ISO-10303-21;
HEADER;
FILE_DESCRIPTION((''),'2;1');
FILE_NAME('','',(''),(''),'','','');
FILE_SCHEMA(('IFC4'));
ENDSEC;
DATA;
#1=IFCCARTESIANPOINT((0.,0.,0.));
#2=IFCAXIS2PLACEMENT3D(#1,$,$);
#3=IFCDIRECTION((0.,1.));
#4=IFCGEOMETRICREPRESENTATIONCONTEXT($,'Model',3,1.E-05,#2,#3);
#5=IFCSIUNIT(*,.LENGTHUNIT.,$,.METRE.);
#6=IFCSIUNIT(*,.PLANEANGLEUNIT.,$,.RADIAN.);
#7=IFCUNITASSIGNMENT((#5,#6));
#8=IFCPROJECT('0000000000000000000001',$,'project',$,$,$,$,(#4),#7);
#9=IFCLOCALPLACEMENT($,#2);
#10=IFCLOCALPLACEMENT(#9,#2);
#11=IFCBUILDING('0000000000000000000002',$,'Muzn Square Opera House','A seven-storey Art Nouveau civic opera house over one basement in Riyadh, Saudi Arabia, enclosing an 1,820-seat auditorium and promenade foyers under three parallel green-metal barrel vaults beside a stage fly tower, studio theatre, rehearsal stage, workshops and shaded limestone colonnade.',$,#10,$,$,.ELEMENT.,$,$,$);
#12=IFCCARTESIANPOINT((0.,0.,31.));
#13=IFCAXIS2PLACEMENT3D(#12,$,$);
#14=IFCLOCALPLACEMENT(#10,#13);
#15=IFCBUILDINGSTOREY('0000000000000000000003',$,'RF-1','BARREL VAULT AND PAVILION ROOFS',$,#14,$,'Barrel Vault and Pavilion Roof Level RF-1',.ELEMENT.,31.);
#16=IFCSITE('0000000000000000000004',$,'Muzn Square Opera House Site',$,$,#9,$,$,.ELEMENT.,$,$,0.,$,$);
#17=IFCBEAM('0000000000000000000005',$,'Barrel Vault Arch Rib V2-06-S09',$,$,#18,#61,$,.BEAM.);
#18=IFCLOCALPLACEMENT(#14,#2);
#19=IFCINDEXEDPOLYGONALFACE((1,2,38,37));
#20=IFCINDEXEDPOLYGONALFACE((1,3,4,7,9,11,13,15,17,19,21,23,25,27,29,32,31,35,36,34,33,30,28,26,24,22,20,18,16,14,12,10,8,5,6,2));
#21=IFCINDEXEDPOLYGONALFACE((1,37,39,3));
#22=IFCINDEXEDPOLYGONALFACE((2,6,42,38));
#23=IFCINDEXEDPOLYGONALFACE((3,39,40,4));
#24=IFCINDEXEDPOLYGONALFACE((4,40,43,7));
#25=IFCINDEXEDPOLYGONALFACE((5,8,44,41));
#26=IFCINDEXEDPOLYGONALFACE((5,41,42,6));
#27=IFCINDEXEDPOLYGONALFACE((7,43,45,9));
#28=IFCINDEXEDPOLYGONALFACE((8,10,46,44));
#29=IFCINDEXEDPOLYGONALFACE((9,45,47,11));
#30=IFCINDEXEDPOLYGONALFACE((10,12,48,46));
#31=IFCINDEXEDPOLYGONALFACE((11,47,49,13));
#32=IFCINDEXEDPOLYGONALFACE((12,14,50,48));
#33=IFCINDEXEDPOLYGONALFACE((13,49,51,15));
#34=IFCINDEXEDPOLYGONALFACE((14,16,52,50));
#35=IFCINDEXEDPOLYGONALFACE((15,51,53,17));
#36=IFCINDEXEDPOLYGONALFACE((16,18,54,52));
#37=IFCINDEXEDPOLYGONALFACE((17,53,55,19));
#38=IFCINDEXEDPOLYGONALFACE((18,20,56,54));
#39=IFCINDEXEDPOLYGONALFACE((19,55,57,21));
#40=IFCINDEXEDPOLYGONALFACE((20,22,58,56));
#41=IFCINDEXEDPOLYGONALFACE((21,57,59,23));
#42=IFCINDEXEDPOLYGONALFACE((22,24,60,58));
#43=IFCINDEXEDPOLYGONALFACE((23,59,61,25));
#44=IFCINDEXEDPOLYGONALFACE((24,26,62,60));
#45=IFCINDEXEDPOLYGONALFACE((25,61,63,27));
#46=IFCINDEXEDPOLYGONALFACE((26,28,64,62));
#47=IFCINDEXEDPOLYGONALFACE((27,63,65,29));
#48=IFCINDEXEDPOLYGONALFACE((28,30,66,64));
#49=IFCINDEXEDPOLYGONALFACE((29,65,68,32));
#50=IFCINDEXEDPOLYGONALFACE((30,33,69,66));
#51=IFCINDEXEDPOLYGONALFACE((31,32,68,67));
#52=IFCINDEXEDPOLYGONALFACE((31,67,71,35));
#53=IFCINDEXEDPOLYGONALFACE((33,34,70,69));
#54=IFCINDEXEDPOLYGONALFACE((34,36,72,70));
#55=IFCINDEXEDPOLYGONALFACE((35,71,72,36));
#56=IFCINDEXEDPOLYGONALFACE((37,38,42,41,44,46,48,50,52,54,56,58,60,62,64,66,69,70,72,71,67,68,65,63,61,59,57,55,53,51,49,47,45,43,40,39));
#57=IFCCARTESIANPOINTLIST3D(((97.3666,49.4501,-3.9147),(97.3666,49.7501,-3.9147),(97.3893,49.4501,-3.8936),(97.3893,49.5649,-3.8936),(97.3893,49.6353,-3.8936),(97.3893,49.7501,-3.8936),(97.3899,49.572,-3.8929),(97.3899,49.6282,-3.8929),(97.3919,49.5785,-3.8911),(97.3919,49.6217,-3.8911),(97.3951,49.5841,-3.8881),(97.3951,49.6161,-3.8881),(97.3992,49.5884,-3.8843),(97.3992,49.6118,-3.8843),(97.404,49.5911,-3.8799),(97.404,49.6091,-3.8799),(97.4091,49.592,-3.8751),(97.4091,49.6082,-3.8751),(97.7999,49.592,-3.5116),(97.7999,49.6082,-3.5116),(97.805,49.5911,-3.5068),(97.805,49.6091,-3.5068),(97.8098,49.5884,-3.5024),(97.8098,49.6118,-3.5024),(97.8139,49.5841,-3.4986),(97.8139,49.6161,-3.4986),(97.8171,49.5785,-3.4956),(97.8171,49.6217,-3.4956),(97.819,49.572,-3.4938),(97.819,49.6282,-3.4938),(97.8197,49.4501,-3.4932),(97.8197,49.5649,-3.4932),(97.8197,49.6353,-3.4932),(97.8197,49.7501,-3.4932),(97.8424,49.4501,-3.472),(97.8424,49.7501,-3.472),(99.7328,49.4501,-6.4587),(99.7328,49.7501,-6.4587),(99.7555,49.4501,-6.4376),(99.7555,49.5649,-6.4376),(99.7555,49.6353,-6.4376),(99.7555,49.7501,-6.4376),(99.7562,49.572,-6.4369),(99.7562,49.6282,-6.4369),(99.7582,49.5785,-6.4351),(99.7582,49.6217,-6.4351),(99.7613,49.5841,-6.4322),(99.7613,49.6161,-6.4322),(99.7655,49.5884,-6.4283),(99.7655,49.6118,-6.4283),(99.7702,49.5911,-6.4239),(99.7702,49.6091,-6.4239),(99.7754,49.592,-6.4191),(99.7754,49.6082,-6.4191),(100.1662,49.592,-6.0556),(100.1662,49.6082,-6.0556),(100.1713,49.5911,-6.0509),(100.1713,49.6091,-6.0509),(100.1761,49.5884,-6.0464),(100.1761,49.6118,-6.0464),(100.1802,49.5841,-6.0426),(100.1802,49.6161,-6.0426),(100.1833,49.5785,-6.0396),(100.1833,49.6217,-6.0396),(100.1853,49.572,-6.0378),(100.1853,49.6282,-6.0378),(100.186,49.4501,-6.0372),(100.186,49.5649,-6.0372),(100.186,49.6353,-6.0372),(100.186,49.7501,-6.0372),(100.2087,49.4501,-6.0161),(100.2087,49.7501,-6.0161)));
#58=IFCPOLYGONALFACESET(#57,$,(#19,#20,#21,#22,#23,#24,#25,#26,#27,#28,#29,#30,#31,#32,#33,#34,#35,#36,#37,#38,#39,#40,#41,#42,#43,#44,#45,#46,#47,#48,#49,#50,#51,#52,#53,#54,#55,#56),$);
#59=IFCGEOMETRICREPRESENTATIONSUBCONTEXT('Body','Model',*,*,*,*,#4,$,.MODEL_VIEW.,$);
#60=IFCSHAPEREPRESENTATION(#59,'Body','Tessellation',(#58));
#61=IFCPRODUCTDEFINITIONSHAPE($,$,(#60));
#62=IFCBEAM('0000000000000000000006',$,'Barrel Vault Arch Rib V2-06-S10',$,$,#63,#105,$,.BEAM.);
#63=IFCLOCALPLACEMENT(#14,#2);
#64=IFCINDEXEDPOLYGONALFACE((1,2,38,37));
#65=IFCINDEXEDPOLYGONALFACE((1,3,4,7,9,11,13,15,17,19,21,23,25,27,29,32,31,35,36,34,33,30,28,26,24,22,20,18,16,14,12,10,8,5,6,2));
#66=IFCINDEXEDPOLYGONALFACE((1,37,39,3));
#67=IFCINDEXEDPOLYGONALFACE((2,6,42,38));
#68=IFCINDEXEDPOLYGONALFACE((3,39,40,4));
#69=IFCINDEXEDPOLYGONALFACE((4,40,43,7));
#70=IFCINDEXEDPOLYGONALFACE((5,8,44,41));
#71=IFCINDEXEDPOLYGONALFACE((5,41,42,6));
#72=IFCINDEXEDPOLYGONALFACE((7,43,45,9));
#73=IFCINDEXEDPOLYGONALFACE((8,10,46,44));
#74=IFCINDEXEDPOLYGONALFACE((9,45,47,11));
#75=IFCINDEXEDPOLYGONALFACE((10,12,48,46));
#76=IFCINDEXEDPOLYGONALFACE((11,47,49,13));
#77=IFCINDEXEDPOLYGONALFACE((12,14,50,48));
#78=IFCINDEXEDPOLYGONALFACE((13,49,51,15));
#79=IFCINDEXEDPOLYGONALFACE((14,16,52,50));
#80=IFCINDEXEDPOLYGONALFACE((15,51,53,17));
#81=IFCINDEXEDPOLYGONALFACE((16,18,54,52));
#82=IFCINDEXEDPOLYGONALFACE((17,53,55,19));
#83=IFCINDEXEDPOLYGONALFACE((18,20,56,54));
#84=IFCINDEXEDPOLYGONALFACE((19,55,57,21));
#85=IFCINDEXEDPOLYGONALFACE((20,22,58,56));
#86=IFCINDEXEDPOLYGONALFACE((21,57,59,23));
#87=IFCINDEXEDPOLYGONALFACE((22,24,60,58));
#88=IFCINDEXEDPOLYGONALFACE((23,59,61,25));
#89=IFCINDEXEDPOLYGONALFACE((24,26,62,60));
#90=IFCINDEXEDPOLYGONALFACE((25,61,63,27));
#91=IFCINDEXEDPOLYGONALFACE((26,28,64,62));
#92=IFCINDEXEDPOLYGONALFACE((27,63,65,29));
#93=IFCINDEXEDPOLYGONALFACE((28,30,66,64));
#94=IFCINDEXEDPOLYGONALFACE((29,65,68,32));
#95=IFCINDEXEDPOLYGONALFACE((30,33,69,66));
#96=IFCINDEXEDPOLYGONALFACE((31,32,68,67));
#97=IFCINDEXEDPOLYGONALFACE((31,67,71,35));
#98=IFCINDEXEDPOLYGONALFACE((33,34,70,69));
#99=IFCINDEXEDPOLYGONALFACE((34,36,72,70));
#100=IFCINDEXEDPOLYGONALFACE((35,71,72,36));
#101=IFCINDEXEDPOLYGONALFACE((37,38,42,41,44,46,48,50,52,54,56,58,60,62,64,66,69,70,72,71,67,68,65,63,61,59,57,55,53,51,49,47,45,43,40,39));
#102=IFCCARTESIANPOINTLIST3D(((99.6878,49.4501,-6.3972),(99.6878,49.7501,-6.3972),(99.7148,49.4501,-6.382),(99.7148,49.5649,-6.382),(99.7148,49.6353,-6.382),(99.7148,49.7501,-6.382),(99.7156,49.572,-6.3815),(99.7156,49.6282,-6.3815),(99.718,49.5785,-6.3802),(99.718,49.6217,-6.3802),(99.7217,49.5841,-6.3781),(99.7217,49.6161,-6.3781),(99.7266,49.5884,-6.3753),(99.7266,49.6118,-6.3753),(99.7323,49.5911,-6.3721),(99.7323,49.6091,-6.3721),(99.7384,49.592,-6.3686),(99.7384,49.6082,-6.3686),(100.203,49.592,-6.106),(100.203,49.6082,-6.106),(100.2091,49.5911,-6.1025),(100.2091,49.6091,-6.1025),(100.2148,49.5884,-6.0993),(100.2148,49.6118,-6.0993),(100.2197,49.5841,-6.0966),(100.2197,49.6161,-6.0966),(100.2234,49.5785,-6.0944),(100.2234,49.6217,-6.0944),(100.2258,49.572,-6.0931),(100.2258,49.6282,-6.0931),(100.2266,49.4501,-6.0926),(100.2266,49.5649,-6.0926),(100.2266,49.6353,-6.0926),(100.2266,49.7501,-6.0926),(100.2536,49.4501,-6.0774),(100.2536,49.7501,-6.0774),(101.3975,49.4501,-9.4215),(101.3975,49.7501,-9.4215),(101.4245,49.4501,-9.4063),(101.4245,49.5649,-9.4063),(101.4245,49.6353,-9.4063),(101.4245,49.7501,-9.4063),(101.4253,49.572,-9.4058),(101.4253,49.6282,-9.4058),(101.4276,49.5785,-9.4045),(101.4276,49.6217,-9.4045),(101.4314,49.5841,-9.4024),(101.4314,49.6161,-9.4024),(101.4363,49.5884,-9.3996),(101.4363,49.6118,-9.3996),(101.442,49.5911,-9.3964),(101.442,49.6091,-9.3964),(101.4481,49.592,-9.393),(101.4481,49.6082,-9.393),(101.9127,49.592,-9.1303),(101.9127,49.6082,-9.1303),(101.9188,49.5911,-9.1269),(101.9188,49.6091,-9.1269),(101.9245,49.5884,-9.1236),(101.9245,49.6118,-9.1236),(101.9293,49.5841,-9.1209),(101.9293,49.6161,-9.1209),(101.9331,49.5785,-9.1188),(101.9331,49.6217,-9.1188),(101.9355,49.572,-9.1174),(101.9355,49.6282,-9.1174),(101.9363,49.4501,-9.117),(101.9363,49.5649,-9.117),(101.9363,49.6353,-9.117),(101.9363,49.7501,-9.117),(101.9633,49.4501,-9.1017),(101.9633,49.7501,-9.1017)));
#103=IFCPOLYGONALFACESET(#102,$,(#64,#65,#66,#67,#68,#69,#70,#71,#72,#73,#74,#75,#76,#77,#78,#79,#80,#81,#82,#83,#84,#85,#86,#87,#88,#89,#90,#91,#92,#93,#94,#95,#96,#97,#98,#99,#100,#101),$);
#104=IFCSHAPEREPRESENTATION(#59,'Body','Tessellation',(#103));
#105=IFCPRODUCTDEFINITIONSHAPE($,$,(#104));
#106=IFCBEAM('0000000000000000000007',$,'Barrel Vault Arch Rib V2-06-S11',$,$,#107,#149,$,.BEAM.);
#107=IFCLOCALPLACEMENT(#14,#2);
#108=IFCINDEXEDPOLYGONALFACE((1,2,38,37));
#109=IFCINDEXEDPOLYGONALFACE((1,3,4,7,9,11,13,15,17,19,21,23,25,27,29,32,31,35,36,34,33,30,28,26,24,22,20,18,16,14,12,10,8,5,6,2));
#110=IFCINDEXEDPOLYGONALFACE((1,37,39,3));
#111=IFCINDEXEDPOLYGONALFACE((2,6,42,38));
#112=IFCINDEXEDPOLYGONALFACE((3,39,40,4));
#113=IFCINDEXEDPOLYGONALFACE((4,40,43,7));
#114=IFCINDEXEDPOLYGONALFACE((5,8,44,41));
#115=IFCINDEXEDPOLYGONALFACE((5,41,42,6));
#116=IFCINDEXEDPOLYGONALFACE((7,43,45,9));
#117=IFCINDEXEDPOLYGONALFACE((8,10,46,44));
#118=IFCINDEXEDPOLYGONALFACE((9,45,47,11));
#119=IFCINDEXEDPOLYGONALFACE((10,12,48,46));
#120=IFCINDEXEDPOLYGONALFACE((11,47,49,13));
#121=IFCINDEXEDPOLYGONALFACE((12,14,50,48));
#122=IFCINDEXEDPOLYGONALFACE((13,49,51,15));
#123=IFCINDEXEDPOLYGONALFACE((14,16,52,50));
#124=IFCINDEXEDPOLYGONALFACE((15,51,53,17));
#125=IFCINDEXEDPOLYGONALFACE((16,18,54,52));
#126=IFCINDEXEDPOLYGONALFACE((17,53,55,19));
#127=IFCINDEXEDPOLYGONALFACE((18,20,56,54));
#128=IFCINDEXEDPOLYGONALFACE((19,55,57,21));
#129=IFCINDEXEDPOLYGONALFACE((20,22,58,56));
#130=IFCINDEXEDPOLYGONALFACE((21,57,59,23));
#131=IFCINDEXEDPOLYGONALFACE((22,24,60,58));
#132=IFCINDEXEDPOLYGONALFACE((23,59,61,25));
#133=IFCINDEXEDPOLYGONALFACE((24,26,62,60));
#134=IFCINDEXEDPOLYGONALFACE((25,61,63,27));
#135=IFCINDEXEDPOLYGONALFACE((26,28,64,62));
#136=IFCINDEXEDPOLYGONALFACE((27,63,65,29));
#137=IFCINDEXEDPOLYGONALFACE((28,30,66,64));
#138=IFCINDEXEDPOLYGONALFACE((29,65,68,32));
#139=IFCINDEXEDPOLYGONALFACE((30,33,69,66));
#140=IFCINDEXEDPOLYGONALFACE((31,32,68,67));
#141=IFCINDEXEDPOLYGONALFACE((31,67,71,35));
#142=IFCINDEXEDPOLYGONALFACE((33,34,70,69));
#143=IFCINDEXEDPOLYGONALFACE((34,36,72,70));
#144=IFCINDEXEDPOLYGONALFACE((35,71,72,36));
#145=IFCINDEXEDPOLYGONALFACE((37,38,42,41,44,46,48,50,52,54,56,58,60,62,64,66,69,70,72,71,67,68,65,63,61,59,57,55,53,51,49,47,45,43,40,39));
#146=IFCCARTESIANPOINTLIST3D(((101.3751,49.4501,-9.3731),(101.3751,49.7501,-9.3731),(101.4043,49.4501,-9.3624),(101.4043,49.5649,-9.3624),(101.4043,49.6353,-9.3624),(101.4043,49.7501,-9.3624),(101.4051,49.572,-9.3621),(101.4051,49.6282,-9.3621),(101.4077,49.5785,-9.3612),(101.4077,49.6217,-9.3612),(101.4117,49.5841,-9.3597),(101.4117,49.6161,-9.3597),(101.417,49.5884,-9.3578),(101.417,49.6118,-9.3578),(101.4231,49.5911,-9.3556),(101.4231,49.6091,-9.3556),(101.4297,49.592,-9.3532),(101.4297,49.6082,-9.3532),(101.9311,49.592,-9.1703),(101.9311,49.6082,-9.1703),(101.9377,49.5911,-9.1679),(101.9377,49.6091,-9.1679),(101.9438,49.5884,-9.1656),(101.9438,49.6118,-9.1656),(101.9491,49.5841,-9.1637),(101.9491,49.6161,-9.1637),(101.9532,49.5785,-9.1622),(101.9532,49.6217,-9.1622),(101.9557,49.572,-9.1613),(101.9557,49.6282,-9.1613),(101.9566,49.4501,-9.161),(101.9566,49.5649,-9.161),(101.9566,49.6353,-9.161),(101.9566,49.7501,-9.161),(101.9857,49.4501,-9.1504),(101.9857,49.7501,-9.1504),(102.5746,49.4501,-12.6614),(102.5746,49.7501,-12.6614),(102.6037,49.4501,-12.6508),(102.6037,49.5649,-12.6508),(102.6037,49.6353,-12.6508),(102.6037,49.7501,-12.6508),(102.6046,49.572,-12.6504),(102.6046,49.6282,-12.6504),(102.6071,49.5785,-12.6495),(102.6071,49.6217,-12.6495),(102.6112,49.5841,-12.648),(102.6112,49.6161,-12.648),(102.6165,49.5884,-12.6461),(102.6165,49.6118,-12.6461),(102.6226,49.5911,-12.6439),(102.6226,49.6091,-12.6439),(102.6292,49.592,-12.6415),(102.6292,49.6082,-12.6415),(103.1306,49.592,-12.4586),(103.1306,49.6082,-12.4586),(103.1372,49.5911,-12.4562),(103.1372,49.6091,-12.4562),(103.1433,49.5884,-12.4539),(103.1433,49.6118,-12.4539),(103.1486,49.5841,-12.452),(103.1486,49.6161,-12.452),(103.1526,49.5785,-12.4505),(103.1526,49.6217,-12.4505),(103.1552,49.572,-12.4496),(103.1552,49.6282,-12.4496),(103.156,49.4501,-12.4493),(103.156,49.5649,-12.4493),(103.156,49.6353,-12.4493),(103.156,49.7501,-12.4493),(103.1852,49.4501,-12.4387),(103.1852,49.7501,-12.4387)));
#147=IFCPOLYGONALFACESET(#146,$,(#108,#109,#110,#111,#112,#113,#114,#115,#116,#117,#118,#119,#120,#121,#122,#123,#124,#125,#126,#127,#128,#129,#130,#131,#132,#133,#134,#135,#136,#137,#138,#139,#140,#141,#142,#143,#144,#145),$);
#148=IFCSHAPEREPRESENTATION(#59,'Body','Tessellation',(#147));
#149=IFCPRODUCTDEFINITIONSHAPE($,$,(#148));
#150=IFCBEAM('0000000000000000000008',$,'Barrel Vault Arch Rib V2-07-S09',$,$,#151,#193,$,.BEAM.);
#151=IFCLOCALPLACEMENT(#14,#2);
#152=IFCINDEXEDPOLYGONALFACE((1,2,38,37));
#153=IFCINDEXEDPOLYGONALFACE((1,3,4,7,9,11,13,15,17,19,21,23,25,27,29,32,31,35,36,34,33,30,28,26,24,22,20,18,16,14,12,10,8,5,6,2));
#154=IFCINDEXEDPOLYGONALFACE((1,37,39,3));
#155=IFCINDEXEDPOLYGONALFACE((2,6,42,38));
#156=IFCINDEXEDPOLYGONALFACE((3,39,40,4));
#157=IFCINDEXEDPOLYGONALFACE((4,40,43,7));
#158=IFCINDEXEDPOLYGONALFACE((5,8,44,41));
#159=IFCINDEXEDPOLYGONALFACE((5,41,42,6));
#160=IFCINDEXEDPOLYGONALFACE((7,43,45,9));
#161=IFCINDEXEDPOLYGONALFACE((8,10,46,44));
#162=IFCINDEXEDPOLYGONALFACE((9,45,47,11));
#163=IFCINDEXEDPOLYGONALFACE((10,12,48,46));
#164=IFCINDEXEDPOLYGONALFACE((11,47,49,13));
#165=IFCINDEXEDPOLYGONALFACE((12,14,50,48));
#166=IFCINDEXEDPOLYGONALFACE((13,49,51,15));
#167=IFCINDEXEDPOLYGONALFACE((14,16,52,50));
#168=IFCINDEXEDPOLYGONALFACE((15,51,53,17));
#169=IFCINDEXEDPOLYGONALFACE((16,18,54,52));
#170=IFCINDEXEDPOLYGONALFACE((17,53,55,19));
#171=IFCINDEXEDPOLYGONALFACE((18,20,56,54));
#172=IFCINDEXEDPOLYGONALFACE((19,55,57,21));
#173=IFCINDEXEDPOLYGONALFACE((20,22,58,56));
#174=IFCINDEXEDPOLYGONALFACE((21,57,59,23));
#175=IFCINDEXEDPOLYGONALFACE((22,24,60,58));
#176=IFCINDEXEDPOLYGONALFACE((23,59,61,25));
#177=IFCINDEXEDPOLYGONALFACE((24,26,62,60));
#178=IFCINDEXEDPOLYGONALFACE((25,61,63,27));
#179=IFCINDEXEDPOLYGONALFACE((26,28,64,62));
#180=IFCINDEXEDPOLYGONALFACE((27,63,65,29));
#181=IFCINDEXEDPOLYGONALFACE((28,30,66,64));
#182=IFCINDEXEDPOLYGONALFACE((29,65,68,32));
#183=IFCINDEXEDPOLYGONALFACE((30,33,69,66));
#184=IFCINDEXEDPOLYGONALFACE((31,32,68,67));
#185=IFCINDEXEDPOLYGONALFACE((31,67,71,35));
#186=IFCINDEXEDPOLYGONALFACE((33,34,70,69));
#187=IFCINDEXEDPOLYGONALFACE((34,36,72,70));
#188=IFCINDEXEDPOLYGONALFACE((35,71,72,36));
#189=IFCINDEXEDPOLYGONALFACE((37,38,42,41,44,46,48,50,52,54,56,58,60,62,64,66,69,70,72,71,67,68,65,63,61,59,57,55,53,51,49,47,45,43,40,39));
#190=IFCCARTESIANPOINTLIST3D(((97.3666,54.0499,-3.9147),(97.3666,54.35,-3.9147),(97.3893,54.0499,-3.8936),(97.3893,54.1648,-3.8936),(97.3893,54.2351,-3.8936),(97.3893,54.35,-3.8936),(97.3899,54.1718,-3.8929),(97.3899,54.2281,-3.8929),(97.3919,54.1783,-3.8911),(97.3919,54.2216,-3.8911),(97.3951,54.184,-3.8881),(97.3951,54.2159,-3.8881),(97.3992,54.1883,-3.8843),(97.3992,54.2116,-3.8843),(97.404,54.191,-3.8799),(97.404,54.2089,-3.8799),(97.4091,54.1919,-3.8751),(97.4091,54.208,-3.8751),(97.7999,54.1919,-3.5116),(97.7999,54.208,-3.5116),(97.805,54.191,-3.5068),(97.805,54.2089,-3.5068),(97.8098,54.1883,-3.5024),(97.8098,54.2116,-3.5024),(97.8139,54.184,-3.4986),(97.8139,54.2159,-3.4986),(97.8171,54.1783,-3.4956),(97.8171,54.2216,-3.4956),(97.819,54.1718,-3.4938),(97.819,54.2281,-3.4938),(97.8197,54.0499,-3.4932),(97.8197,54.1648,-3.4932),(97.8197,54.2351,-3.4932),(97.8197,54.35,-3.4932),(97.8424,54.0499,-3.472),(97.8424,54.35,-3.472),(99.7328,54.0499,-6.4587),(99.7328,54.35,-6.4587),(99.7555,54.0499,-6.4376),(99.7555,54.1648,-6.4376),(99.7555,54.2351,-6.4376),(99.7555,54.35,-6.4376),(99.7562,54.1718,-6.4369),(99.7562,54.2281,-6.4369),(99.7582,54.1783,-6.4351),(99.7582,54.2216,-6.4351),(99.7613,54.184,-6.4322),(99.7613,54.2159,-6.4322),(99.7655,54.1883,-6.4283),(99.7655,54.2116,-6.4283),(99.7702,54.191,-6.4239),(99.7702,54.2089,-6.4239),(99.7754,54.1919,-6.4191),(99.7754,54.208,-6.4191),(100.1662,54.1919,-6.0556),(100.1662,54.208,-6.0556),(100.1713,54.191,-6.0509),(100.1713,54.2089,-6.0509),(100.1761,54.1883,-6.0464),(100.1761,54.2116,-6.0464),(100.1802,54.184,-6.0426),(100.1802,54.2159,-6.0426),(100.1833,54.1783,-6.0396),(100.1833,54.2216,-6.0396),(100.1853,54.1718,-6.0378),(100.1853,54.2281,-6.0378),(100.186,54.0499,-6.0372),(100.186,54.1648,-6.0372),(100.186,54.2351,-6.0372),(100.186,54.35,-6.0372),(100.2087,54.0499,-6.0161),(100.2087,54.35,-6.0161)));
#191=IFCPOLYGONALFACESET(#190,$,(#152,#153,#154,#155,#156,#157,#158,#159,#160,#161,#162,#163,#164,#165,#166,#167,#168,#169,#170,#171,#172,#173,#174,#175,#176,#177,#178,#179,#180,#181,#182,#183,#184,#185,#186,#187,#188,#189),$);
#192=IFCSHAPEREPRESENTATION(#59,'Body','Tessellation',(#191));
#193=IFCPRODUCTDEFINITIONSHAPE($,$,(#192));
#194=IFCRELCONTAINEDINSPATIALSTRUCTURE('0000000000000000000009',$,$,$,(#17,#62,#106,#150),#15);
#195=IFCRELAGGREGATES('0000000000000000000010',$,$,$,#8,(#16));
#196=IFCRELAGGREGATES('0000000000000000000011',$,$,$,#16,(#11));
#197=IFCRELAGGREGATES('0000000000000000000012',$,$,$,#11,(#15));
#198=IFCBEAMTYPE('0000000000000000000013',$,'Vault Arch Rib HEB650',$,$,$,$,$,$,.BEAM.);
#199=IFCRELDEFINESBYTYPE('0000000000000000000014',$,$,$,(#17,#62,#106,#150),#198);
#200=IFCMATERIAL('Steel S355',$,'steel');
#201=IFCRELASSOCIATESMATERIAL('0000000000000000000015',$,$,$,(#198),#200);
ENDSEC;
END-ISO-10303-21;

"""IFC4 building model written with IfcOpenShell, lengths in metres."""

from ifc_helpers import new_model, si_unit, direction, frame, origin, origin_2d, place, context, subcontext, project, spatial, i_section, extrude, material, material_profile, profile_set, type_object, element, save


model = new_model("IFC4")

# Units and contexts
model_context = context("Model", 3, precision=1e-05, world=origin(), true_north=direction((0.0, 1.0)))
body_context = subcontext(model_context, "Body", "Model", "MODEL_VIEW")
ifc_project = project(units=[si_unit("LENGTHUNIT", "METRE"), si_unit("PLANEANGLEUNIT", "RADIAN")], contexts=[model_context])

# Site, building, storey
site_placement = place(None, origin())
site = spatial("IfcSite", under=ifc_project, at=site_placement, Name="Muzn Square Opera House Site", CompositionType="ELEMENT", RefElevation=0.0)
building_placement = place(site_placement, origin())
building = spatial("IfcBuilding", under=site, at=building_placement, Name="Muzn Square Opera House", Description="A seven-storey Art Nouveau civic opera house over one basement in Riyadh, Saudi Arabia, enclosing an 1,820-seat auditorium and promenade foyers under three parallel green-metal barrel vaults beside a stage fly tower, studio theatre, rehearsal stage, workshops and shaded limestone colonnade.", CompositionType="ELEMENT")
storey_placement = place(building_placement, frame((0.0, 0.0, 31.0)))
storey = spatial("IfcBuildingStorey", under=building, at=storey_placement, Name="RF-1", Description="BARREL VAULT AND PAVILION ROOFS", LongName="Barrel Vault and Pavilion Roof Level RF-1", CompositionType="ELEMENT", Elevation=31.0)

# Beams
ifc_material_1 = material(Name="Steel S355", Category="steel")
ifc_material_profile_1 = material_profile(ifc_material_1, i_section(OverallWidth=0.3, OverallDepth=0.6499, WebThickness=0.0161, FlangeThickness=0.031, FilletRadius=0.0271, at=origin_2d()), Name="HEB 650", Category="steel")
ifc_profile_set_1 = profile_set([ifc_material_profile_1], Name="Steel S355")
beam_type_1 = type_object("IfcBeamType", Name="Vault Arch Rib HEB650", PredefinedType="BEAM", material=ifc_profile_set_1)
beam_1_placement = place(storey_placement, frame((97.6045, 49.6001, -3.6934), z_axis=(0.681065, 0.0, -0.732223), x_axis=(0.0, 1.0, 0.0)))
element("IfcBeam", 1, at=beam_1_placement, inside=storey, type_object=beam_type_1, Name="Barrel Vault Arch Rib V2-06-S09", PredefinedType="BEAM", context=body_context, shape_type="SweptSolid", body=[
    extrude(i_section(OverallWidth=0.3, OverallDepth=0.6499, WebThickness=0.0161, FlangeThickness=0.031, FilletRadius=0.0271, at=origin_2d()), origin(), (0.0, 0.0, 1.0), 3.4744),
])
beam_2_placement = place(storey_placement, frame((99.9707, 49.6001, -6.2373), z_axis=(0.492115, 0.0, -0.87053), x_axis=(0.0, 1.0, 0.0)))
element("IfcBeam", 2, at=beam_2_placement, inside=storey, type_object=beam_type_1, Name="Barrel Vault Arch Rib V2-06-S10", PredefinedType="BEAM", context=body_context, shape_type="SweptSolid", body=[
    extrude(i_section(OverallWidth=0.3, OverallDepth=0.6499, WebThickness=0.0161, FlangeThickness=0.031, FilletRadius=0.0271, at=origin_2d()), origin(), (0.0, 0.0, 1.0), 3.4741),
])
beam_3_placement = place(storey_placement, frame((101.6804, 49.6001, -9.2617), z_axis=(0.342678, 0.0, -0.939453), x_axis=(0.0, 1.0, 0.0)))
element("IfcBeam", 3, at=beam_3_placement, inside=storey, type_object=beam_type_1, Name="Barrel Vault Arch Rib V2-06-S11", PredefinedType="BEAM", context=body_context, shape_type="SweptSolid", body=[
    extrude(i_section(OverallWidth=0.3, OverallDepth=0.6499, WebThickness=0.0161, FlangeThickness=0.031, FilletRadius=0.0271, at=origin_2d()), origin(), (0.0, 0.0, 1.0), 3.5002),
])
beam_4_placement = place(storey_placement, frame((97.6045, 54.2, -3.6934), z_axis=(0.681065, 0.0, -0.732223), x_axis=(0.0, 1.0, 0.0)))
element("IfcBeam", 4, at=beam_4_placement, inside=storey, type_object=beam_type_1, Name="Barrel Vault Arch Rib V2-07-S09", PredefinedType="BEAM", context=body_context, shape_type="SweptSolid", body=[
    extrude(i_section(OverallWidth=0.3, OverallDepth=0.6499, WebThickness=0.0161, FlangeThickness=0.031, FilletRadius=0.0271, at=origin_2d()), origin(), (0.0, 0.0, 1.0), 3.4744),
])

save(model, "model.ifc")
